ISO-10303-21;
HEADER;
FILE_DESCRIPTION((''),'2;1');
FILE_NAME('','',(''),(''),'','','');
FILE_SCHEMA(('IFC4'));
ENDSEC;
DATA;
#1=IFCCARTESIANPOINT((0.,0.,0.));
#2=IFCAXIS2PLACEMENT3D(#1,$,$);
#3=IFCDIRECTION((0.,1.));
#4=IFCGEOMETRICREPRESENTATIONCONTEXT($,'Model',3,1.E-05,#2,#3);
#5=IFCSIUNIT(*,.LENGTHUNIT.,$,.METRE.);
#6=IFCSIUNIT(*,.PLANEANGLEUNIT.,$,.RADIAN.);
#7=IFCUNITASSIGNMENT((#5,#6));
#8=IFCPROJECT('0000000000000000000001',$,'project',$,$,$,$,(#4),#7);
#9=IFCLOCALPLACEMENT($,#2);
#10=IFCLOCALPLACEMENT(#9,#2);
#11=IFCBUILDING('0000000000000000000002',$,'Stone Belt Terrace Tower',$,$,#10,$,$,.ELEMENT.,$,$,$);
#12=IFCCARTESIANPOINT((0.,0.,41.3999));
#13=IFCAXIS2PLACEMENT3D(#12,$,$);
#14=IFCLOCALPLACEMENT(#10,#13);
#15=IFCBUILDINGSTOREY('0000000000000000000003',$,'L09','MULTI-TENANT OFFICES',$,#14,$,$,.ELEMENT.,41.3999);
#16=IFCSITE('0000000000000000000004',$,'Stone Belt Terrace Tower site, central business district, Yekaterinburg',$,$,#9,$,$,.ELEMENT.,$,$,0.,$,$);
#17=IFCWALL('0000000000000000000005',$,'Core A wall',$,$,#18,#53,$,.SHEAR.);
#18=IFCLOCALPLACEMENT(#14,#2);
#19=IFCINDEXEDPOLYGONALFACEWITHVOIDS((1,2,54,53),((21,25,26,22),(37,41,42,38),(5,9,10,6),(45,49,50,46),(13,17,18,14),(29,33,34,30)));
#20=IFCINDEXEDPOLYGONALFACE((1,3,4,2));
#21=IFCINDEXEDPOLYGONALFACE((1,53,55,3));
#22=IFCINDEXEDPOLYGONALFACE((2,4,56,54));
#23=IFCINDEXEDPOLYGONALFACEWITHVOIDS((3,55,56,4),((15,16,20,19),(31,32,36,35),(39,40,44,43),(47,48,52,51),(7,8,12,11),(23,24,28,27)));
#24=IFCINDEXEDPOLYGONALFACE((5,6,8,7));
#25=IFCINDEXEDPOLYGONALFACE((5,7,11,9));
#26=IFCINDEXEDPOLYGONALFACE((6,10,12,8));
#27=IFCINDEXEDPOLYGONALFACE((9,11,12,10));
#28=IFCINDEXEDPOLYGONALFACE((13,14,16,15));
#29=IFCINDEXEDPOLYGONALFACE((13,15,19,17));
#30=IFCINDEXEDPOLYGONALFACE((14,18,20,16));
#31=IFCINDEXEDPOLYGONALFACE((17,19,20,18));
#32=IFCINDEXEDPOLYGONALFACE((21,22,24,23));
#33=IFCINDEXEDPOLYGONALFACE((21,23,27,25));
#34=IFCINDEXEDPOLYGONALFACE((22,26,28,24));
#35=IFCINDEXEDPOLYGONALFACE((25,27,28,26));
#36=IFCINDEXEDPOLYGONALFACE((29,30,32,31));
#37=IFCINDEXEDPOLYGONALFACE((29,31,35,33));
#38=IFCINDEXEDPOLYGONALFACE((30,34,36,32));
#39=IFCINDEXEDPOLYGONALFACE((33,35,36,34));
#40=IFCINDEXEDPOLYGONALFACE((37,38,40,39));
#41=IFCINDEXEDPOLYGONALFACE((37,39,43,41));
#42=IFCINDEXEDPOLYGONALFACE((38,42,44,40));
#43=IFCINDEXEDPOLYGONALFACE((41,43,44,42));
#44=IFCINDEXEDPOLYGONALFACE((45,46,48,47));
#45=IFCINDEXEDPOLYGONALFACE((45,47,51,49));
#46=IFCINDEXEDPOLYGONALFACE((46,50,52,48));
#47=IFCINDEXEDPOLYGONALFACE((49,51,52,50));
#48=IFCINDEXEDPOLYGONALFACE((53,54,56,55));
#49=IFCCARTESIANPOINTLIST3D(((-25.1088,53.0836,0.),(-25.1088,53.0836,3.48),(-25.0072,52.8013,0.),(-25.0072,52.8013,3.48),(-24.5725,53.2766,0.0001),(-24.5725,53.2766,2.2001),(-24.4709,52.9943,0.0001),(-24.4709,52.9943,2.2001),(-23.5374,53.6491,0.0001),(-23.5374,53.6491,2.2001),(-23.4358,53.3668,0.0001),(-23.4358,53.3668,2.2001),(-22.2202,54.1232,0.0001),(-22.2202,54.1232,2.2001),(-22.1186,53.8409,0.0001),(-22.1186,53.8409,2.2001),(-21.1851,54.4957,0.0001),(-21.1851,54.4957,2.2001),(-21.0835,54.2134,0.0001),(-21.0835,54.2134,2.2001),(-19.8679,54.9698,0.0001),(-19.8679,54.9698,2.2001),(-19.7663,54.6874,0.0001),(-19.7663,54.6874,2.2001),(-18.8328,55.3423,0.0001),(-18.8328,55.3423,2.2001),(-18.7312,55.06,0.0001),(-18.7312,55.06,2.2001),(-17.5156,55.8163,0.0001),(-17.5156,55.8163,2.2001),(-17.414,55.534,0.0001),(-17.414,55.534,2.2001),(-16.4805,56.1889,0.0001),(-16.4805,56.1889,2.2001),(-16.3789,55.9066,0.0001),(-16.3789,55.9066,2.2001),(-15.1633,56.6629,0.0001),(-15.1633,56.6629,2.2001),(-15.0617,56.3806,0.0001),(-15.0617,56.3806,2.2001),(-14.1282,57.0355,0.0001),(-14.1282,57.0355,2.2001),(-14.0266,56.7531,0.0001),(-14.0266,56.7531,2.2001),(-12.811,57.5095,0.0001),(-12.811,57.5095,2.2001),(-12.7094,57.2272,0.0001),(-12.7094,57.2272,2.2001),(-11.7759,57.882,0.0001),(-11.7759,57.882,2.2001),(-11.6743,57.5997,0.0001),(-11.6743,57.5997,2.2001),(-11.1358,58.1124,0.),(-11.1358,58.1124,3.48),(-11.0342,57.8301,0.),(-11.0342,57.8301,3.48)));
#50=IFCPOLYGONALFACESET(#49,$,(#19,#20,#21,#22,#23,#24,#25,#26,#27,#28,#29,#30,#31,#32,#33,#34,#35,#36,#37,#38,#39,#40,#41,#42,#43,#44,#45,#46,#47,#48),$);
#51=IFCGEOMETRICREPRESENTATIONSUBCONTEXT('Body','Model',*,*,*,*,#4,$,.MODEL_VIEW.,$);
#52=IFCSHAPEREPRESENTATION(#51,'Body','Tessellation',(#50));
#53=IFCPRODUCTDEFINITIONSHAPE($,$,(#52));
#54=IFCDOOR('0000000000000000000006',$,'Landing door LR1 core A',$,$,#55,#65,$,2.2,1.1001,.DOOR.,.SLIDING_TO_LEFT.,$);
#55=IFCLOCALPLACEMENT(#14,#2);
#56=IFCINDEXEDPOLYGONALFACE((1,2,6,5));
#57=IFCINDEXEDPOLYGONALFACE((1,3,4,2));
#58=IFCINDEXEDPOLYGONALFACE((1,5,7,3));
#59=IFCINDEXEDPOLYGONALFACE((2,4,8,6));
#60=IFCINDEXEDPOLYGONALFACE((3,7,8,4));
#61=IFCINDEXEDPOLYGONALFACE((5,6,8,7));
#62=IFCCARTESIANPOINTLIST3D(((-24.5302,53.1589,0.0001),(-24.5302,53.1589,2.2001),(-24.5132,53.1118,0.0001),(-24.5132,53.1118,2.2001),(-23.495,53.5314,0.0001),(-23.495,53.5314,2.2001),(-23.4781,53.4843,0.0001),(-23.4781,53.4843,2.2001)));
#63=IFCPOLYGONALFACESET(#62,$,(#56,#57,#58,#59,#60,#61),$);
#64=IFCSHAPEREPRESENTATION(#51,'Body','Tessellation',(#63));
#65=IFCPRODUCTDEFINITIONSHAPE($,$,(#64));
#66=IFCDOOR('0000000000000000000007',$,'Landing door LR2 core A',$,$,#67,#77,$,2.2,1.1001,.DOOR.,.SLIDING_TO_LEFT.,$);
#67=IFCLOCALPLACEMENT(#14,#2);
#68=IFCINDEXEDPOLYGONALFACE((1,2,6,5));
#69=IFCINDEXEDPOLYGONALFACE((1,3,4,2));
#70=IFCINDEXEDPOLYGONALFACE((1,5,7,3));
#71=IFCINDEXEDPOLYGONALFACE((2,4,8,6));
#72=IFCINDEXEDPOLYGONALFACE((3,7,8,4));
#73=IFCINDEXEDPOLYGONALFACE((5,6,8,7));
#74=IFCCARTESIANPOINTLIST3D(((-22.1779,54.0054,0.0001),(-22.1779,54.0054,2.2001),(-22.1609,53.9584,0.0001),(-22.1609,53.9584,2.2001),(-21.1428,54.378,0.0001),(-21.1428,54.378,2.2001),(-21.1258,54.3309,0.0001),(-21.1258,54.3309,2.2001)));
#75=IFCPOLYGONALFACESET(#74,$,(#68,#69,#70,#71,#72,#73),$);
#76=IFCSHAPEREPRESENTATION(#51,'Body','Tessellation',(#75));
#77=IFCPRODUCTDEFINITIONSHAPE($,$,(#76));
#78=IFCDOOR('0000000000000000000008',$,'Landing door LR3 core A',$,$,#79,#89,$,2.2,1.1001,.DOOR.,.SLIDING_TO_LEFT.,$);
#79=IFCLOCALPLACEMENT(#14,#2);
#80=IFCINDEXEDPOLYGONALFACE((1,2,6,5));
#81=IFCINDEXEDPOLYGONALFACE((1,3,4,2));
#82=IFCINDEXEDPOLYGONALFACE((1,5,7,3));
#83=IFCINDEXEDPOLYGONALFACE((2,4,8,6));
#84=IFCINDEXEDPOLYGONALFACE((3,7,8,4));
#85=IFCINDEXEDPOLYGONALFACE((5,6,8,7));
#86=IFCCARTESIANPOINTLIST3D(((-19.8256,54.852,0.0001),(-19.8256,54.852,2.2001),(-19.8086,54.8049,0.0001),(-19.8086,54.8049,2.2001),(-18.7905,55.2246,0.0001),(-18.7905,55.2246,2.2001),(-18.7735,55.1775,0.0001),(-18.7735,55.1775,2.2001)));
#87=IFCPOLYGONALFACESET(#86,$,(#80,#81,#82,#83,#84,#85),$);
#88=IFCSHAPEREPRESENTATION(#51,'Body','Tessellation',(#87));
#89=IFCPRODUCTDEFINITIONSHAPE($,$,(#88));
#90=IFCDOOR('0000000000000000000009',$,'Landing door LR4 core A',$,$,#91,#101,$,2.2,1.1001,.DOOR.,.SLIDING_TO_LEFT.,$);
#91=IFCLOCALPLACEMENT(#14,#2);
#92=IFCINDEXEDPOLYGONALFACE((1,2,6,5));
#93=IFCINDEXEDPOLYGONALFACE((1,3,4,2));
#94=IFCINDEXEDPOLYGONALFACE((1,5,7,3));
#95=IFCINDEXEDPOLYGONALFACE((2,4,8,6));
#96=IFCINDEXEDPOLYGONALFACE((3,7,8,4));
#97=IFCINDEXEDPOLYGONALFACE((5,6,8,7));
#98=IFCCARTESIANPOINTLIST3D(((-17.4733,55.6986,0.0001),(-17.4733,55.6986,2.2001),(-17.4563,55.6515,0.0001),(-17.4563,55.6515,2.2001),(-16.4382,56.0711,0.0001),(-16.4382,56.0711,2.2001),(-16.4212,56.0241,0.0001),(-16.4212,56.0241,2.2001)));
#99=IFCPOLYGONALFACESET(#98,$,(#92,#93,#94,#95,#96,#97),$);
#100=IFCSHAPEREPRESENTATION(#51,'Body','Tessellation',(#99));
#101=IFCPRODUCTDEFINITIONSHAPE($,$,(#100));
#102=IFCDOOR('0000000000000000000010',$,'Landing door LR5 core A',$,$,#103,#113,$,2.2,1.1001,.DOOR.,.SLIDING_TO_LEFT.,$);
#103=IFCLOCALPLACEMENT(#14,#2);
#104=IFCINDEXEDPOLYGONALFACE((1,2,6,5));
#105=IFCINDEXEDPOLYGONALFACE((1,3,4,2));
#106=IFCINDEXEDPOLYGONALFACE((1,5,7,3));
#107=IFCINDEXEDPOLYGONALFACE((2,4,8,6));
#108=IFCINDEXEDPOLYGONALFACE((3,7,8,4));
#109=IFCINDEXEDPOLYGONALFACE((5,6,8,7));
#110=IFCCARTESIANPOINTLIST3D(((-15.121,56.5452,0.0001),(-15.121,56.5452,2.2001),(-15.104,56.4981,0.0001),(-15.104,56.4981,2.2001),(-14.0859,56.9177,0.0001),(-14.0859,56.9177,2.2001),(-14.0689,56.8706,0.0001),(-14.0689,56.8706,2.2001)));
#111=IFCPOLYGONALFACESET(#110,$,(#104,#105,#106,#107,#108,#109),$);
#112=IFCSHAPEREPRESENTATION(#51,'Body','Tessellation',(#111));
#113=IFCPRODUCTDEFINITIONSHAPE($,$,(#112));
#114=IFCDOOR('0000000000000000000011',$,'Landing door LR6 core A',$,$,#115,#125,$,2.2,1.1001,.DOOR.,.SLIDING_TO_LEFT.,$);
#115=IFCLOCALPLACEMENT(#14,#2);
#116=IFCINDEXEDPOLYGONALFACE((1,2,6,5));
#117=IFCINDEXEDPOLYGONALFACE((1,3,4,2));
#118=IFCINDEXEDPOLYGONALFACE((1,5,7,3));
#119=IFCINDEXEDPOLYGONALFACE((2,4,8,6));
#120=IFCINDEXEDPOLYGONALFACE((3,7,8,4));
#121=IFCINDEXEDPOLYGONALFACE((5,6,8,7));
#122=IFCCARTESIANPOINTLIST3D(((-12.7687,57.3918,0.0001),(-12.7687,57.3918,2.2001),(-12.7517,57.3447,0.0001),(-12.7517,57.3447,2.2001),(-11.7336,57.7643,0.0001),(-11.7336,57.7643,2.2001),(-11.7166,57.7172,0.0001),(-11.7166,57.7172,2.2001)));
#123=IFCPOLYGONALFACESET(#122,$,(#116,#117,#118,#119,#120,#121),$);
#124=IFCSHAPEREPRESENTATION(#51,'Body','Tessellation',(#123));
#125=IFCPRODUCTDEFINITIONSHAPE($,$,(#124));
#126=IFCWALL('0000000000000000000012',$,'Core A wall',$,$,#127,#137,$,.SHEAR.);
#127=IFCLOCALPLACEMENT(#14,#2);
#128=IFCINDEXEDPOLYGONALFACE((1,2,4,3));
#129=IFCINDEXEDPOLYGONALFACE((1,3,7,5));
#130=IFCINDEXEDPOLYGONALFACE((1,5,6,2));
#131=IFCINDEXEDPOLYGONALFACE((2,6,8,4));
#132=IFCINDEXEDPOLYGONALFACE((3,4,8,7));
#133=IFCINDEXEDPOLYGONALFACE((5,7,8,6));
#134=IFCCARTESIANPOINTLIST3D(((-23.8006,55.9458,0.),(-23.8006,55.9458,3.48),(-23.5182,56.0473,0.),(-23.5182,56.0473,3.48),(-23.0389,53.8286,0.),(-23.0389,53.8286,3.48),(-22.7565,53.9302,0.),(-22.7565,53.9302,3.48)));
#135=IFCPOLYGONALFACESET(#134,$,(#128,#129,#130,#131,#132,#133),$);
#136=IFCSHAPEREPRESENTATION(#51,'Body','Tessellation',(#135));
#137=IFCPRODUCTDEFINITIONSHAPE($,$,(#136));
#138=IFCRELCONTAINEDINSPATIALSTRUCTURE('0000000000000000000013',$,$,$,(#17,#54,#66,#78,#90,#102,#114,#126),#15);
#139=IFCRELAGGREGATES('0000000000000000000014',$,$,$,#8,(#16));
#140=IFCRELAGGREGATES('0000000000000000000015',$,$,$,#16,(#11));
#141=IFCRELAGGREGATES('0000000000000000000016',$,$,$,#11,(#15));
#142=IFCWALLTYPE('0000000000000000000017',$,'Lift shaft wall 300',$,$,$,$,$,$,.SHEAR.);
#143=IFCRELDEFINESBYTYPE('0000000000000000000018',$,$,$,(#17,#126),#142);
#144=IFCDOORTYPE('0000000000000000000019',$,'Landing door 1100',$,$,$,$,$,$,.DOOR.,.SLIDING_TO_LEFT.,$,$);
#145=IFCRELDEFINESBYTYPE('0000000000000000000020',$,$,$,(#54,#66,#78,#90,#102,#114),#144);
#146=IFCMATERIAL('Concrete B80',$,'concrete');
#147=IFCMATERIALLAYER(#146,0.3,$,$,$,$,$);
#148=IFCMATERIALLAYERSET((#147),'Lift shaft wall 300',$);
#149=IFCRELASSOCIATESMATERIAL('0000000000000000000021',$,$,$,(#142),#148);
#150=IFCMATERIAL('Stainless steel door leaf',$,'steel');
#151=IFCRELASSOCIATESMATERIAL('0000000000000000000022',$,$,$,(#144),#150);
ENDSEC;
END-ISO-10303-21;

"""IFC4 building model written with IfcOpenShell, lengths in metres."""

from ifc_helpers import new_model, si_unit, direction, frame, frame_2d, origin, place, context, subcontext, project, spatial, rectangle, extrude, material, layer, layer_set, type_object, element, fill, save


model = new_model("IFC4")

# Units and contexts
model_context = context("Model", 3, precision=1e-05, world=origin(), true_north=direction((0.0, 1.0)))
body_context = subcontext(model_context, "Body", "Model", "MODEL_VIEW")
ifc_project = project(units=[si_unit("LENGTHUNIT", "METRE"), si_unit("PLANEANGLEUNIT", "RADIAN")], contexts=[model_context])

# Site, building, storey
site_placement = place(None, origin())
site = spatial("IfcSite", under=ifc_project, at=site_placement, Name="Stone Belt Terrace Tower site, central business district, Yekaterinburg", CompositionType="ELEMENT", RefElevation=0.0)
building_placement = place(site_placement, origin())
building = spatial("IfcBuilding", under=site, at=building_placement, Name="Stone Belt Terrace Tower", CompositionType="ELEMENT")
storey_placement = place(building_placement, frame((0.0, 0.0, 41.3999)))
storey = spatial("IfcBuildingStorey", under=building, at=storey_placement, Name="L09", Description="MULTI-TENANT OFFICES", CompositionType="ELEMENT", Elevation=41.3999)

# Shared definitions
ifc_material_1 = material(Name="Concrete B80", Category="concrete")
ifc_layer_1 = layer(ifc_material_1, 0.3)
ifc_layer_set_1 = layer_set([ifc_layer_1], Name="Lift shaft wall 300")
wall_type_1 = type_object("IfcWallType", Name="Lift shaft wall 300", PredefinedType="SHEAR", material=ifc_layer_set_1)

# Wall, openings, doors
wall_1_placement = place(storey_placement, frame((-25.0581, 52.9424, 0.0), z_axis=(0.0, 0.0, 1.0), x_axis=(0.940918, 0.338634, 0.0)))
wall_1 = element("IfcWall", 1, at=wall_1_placement, inside=storey, type_object=wall_type_1, Name="Core A wall", PredefinedType="SHEAR", context=body_context, shape_type="SweptSolid", body=[
    extrude(rectangle(XDim=14.8503, YDim=0.3, at=frame_2d((7.4253, 0.0))), origin(), (0.0, 0.0, 1.0), 3.48),
])
opening_1_placement = place(wall_1_placement, frame((0.5701, 0.0, 0.0)))
opening_1 = element("IfcOpeningElement", 2, at=opening_1_placement, cuts=wall_1, PredefinedType="OPENING", context=body_context, shape_type="SweptSolid", body=[
    extrude(rectangle(XDim=1.1001, YDim=2.2, at=frame_2d((0.55, 1.1001))), frame((0.0, 0.1599, 0.0), z_axis=(0.0, -1.0, 0.0), x_axis=(1.0, 0.0, 0.0)), (0.0, 0.0, 1.0), 0.3201),
])
opening_2_placement = place(wall_1_placement, frame((3.0701, 0.0, 0.0)))
opening_2 = element("IfcOpeningElement", 3, at=opening_2_placement, cuts=wall_1, PredefinedType="OPENING", context=body_context, shape_type="SweptSolid", body=[
    extrude(rectangle(XDim=1.1001, YDim=2.2, at=frame_2d((0.55, 1.1001))), frame((0.0, 0.1599, 0.0), z_axis=(0.0, -1.0, 0.0), x_axis=(1.0, 0.0, 0.0)), (0.0, 0.0, 1.0), 0.3201),
])
opening_3_placement = place(wall_1_placement, frame((5.5701, 0.0, 0.0)))
opening_3 = element("IfcOpeningElement", 4, at=opening_3_placement, cuts=wall_1, PredefinedType="OPENING", context=body_context, shape_type="SweptSolid", body=[
    extrude(rectangle(XDim=1.1001, YDim=2.2, at=frame_2d((0.55, 1.1001))), frame((0.0, 0.1599, 0.0), z_axis=(0.0, -1.0, 0.0), x_axis=(1.0, 0.0, 0.0)), (0.0, 0.0, 1.0), 0.3201),
])
opening_4_placement = place(wall_1_placement, frame((8.0701, 0.0, 0.0)))
opening_4 = element("IfcOpeningElement", 5, at=opening_4_placement, cuts=wall_1, PredefinedType="OPENING", context=body_context, shape_type="SweptSolid", body=[
    extrude(rectangle(XDim=1.1001, YDim=2.2, at=frame_2d((0.55, 1.1001))), frame((0.0, 0.1599, 0.0), z_axis=(0.0, -1.0, 0.0), x_axis=(1.0, 0.0, 0.0)), (0.0, 0.0, 1.0), 0.3201),
])
opening_5_placement = place(wall_1_placement, frame((10.5701, 0.0, 0.0)))
opening_5 = element("IfcOpeningElement", 6, at=opening_5_placement, cuts=wall_1, PredefinedType="OPENING", context=body_context, shape_type="SweptSolid", body=[
    extrude(rectangle(XDim=1.1001, YDim=2.2, at=frame_2d((0.55, 1.1001))), frame((0.0, 0.1599, 0.0), z_axis=(0.0, -1.0, 0.0), x_axis=(1.0, 0.0, 0.0)), (0.0, 0.0, 1.0), 0.3201),
])
opening_6_placement = place(wall_1_placement, frame((13.0701, 0.0, 0.0)))
opening_6 = element("IfcOpeningElement", 7, at=opening_6_placement, cuts=wall_1, PredefinedType="OPENING", context=body_context, shape_type="SweptSolid", body=[
    extrude(rectangle(XDim=1.1001, YDim=2.2, at=frame_2d((0.55, 1.1001))), frame((0.0, 0.1599, 0.0), z_axis=(0.0, -1.0, 0.0), x_axis=(1.0, 0.0, 0.0)), (0.0, 0.0, 1.0), 0.3201),
])
ifc_material_2 = material(Name="Stainless steel door leaf", Category="steel")
door_type_1 = type_object("IfcDoorType", Name="Landing door 1100", OperationType="SLIDING_TO_LEFT", PredefinedType="DOOR", material=ifc_material_2)
door_1_placement = place(opening_1_placement, origin())
door_1 = element("IfcDoor", 8, at=door_1_placement, inside=storey, type_object=door_type_1, Name="Landing door LR1 core A", OperationType="SLIDING_TO_LEFT", OverallHeight=2.2, OverallWidth=1.1001, PredefinedType="DOOR", context=body_context, shape_type="SweptSolid", body=[
    extrude(rectangle(XDim=1.1001, YDim=2.2, at=frame_2d((0.55, 1.1001))), frame((0.0, 0.0249, 0.0), z_axis=(0.0, -1.0, 0.0), x_axis=(1.0, 0.0, 0.0)), (0.0, 0.0, 1.0), 0.05),
])
fill(opening_1, door_1)
door_2_placement = place(opening_2_placement, origin())
door_2 = element("IfcDoor", 9, at=door_2_placement, inside=storey, type_object=door_type_1, Name="Landing door LR2 core A", OperationType="SLIDING_TO_LEFT", OverallHeight=2.2, OverallWidth=1.1001, PredefinedType="DOOR", context=body_context, shape_type="SweptSolid", body=[
    extrude(rectangle(XDim=1.1001, YDim=2.2, at=frame_2d((0.55, 1.1001))), frame((0.0, 0.0249, 0.0), z_axis=(0.0, -1.0, 0.0), x_axis=(1.0, 0.0, 0.0)), (0.0, 0.0, 1.0), 0.05),
])
fill(opening_2, door_2)
door_3_placement = place(opening_3_placement, origin())
door_3 = element("IfcDoor", 10, at=door_3_placement, inside=storey, type_object=door_type_1, Name="Landing door LR3 core A", OperationType="SLIDING_TO_LEFT", OverallHeight=2.2, OverallWidth=1.1001, PredefinedType="DOOR", context=body_context, shape_type="SweptSolid", body=[
    extrude(rectangle(XDim=1.1001, YDim=2.2, at=frame_2d((0.55, 1.1001))), frame((0.0, 0.0249, 0.0), z_axis=(0.0, -1.0, 0.0), x_axis=(1.0, 0.0, 0.0)), (0.0, 0.0, 1.0), 0.05),
])
fill(opening_3, door_3)
door_4_placement = place(opening_4_placement, origin())
door_4 = element("IfcDoor", 11, at=door_4_placement, inside=storey, type_object=door_type_1, Name="Landing door LR4 core A", OperationType="SLIDING_TO_LEFT", OverallHeight=2.2, OverallWidth=1.1001, PredefinedType="DOOR", context=body_context, shape_type="SweptSolid", body=[
    extrude(rectangle(XDim=1.1001, YDim=2.2, at=frame_2d((0.55, 1.1001))), frame((0.0, 0.0249, 0.0), z_axis=(0.0, -1.0, 0.0), x_axis=(1.0, 0.0, 0.0)), (0.0, 0.0, 1.0), 0.05),
])
fill(opening_4, door_4)
door_5_placement = place(opening_5_placement, origin())
door_5 = element("IfcDoor", 12, at=door_5_placement, inside=storey, type_object=door_type_1, Name="Landing door LR5 core A", OperationType="SLIDING_TO_LEFT", OverallHeight=2.2, OverallWidth=1.1001, PredefinedType="DOOR", context=body_context, shape_type="SweptSolid", body=[
    extrude(rectangle(XDim=1.1001, YDim=2.2, at=frame_2d((0.55, 1.1001))), frame((0.0, 0.0249, 0.0), z_axis=(0.0, -1.0, 0.0), x_axis=(1.0, 0.0, 0.0)), (0.0, 0.0, 1.0), 0.05),
])
fill(opening_5, door_5)
door_6_placement = place(opening_6_placement, origin())
door_6 = element("IfcDoor", 13, at=door_6_placement, inside=storey, type_object=door_type_1, Name="Landing door LR6 core A", OperationType="SLIDING_TO_LEFT", OverallHeight=2.2, OverallWidth=1.1001, PredefinedType="DOOR", context=body_context, shape_type="SweptSolid", body=[
    extrude(rectangle(XDim=1.1001, YDim=2.2, at=frame_2d((0.55, 1.1001))), frame((0.0, 0.0249, 0.0), z_axis=(0.0, -1.0, 0.0), x_axis=(1.0, 0.0, 0.0)), (0.0, 0.0, 1.0), 0.05),
])
fill(opening_6, door_6)

# Wall
wall_2_placement = place(storey_placement, frame((-22.8977, 53.8794, 0.0), z_axis=(0.0, 0.0, 1.0), x_axis=(-0.338535, 0.940954, 0.0)))
element("IfcWall", 14, at=wall_2_placement, inside=storey, type_object=wall_type_1, Name="Core A wall", PredefinedType="SHEAR", context=body_context, shape_type="SweptSolid", body=[
    extrude(rectangle(XDim=2.25, YDim=0.3, at=frame_2d((1.125, 0.0))), origin(), (0.0, 0.0, 1.0), 3.48),
])

save(model, "model.ifc")
